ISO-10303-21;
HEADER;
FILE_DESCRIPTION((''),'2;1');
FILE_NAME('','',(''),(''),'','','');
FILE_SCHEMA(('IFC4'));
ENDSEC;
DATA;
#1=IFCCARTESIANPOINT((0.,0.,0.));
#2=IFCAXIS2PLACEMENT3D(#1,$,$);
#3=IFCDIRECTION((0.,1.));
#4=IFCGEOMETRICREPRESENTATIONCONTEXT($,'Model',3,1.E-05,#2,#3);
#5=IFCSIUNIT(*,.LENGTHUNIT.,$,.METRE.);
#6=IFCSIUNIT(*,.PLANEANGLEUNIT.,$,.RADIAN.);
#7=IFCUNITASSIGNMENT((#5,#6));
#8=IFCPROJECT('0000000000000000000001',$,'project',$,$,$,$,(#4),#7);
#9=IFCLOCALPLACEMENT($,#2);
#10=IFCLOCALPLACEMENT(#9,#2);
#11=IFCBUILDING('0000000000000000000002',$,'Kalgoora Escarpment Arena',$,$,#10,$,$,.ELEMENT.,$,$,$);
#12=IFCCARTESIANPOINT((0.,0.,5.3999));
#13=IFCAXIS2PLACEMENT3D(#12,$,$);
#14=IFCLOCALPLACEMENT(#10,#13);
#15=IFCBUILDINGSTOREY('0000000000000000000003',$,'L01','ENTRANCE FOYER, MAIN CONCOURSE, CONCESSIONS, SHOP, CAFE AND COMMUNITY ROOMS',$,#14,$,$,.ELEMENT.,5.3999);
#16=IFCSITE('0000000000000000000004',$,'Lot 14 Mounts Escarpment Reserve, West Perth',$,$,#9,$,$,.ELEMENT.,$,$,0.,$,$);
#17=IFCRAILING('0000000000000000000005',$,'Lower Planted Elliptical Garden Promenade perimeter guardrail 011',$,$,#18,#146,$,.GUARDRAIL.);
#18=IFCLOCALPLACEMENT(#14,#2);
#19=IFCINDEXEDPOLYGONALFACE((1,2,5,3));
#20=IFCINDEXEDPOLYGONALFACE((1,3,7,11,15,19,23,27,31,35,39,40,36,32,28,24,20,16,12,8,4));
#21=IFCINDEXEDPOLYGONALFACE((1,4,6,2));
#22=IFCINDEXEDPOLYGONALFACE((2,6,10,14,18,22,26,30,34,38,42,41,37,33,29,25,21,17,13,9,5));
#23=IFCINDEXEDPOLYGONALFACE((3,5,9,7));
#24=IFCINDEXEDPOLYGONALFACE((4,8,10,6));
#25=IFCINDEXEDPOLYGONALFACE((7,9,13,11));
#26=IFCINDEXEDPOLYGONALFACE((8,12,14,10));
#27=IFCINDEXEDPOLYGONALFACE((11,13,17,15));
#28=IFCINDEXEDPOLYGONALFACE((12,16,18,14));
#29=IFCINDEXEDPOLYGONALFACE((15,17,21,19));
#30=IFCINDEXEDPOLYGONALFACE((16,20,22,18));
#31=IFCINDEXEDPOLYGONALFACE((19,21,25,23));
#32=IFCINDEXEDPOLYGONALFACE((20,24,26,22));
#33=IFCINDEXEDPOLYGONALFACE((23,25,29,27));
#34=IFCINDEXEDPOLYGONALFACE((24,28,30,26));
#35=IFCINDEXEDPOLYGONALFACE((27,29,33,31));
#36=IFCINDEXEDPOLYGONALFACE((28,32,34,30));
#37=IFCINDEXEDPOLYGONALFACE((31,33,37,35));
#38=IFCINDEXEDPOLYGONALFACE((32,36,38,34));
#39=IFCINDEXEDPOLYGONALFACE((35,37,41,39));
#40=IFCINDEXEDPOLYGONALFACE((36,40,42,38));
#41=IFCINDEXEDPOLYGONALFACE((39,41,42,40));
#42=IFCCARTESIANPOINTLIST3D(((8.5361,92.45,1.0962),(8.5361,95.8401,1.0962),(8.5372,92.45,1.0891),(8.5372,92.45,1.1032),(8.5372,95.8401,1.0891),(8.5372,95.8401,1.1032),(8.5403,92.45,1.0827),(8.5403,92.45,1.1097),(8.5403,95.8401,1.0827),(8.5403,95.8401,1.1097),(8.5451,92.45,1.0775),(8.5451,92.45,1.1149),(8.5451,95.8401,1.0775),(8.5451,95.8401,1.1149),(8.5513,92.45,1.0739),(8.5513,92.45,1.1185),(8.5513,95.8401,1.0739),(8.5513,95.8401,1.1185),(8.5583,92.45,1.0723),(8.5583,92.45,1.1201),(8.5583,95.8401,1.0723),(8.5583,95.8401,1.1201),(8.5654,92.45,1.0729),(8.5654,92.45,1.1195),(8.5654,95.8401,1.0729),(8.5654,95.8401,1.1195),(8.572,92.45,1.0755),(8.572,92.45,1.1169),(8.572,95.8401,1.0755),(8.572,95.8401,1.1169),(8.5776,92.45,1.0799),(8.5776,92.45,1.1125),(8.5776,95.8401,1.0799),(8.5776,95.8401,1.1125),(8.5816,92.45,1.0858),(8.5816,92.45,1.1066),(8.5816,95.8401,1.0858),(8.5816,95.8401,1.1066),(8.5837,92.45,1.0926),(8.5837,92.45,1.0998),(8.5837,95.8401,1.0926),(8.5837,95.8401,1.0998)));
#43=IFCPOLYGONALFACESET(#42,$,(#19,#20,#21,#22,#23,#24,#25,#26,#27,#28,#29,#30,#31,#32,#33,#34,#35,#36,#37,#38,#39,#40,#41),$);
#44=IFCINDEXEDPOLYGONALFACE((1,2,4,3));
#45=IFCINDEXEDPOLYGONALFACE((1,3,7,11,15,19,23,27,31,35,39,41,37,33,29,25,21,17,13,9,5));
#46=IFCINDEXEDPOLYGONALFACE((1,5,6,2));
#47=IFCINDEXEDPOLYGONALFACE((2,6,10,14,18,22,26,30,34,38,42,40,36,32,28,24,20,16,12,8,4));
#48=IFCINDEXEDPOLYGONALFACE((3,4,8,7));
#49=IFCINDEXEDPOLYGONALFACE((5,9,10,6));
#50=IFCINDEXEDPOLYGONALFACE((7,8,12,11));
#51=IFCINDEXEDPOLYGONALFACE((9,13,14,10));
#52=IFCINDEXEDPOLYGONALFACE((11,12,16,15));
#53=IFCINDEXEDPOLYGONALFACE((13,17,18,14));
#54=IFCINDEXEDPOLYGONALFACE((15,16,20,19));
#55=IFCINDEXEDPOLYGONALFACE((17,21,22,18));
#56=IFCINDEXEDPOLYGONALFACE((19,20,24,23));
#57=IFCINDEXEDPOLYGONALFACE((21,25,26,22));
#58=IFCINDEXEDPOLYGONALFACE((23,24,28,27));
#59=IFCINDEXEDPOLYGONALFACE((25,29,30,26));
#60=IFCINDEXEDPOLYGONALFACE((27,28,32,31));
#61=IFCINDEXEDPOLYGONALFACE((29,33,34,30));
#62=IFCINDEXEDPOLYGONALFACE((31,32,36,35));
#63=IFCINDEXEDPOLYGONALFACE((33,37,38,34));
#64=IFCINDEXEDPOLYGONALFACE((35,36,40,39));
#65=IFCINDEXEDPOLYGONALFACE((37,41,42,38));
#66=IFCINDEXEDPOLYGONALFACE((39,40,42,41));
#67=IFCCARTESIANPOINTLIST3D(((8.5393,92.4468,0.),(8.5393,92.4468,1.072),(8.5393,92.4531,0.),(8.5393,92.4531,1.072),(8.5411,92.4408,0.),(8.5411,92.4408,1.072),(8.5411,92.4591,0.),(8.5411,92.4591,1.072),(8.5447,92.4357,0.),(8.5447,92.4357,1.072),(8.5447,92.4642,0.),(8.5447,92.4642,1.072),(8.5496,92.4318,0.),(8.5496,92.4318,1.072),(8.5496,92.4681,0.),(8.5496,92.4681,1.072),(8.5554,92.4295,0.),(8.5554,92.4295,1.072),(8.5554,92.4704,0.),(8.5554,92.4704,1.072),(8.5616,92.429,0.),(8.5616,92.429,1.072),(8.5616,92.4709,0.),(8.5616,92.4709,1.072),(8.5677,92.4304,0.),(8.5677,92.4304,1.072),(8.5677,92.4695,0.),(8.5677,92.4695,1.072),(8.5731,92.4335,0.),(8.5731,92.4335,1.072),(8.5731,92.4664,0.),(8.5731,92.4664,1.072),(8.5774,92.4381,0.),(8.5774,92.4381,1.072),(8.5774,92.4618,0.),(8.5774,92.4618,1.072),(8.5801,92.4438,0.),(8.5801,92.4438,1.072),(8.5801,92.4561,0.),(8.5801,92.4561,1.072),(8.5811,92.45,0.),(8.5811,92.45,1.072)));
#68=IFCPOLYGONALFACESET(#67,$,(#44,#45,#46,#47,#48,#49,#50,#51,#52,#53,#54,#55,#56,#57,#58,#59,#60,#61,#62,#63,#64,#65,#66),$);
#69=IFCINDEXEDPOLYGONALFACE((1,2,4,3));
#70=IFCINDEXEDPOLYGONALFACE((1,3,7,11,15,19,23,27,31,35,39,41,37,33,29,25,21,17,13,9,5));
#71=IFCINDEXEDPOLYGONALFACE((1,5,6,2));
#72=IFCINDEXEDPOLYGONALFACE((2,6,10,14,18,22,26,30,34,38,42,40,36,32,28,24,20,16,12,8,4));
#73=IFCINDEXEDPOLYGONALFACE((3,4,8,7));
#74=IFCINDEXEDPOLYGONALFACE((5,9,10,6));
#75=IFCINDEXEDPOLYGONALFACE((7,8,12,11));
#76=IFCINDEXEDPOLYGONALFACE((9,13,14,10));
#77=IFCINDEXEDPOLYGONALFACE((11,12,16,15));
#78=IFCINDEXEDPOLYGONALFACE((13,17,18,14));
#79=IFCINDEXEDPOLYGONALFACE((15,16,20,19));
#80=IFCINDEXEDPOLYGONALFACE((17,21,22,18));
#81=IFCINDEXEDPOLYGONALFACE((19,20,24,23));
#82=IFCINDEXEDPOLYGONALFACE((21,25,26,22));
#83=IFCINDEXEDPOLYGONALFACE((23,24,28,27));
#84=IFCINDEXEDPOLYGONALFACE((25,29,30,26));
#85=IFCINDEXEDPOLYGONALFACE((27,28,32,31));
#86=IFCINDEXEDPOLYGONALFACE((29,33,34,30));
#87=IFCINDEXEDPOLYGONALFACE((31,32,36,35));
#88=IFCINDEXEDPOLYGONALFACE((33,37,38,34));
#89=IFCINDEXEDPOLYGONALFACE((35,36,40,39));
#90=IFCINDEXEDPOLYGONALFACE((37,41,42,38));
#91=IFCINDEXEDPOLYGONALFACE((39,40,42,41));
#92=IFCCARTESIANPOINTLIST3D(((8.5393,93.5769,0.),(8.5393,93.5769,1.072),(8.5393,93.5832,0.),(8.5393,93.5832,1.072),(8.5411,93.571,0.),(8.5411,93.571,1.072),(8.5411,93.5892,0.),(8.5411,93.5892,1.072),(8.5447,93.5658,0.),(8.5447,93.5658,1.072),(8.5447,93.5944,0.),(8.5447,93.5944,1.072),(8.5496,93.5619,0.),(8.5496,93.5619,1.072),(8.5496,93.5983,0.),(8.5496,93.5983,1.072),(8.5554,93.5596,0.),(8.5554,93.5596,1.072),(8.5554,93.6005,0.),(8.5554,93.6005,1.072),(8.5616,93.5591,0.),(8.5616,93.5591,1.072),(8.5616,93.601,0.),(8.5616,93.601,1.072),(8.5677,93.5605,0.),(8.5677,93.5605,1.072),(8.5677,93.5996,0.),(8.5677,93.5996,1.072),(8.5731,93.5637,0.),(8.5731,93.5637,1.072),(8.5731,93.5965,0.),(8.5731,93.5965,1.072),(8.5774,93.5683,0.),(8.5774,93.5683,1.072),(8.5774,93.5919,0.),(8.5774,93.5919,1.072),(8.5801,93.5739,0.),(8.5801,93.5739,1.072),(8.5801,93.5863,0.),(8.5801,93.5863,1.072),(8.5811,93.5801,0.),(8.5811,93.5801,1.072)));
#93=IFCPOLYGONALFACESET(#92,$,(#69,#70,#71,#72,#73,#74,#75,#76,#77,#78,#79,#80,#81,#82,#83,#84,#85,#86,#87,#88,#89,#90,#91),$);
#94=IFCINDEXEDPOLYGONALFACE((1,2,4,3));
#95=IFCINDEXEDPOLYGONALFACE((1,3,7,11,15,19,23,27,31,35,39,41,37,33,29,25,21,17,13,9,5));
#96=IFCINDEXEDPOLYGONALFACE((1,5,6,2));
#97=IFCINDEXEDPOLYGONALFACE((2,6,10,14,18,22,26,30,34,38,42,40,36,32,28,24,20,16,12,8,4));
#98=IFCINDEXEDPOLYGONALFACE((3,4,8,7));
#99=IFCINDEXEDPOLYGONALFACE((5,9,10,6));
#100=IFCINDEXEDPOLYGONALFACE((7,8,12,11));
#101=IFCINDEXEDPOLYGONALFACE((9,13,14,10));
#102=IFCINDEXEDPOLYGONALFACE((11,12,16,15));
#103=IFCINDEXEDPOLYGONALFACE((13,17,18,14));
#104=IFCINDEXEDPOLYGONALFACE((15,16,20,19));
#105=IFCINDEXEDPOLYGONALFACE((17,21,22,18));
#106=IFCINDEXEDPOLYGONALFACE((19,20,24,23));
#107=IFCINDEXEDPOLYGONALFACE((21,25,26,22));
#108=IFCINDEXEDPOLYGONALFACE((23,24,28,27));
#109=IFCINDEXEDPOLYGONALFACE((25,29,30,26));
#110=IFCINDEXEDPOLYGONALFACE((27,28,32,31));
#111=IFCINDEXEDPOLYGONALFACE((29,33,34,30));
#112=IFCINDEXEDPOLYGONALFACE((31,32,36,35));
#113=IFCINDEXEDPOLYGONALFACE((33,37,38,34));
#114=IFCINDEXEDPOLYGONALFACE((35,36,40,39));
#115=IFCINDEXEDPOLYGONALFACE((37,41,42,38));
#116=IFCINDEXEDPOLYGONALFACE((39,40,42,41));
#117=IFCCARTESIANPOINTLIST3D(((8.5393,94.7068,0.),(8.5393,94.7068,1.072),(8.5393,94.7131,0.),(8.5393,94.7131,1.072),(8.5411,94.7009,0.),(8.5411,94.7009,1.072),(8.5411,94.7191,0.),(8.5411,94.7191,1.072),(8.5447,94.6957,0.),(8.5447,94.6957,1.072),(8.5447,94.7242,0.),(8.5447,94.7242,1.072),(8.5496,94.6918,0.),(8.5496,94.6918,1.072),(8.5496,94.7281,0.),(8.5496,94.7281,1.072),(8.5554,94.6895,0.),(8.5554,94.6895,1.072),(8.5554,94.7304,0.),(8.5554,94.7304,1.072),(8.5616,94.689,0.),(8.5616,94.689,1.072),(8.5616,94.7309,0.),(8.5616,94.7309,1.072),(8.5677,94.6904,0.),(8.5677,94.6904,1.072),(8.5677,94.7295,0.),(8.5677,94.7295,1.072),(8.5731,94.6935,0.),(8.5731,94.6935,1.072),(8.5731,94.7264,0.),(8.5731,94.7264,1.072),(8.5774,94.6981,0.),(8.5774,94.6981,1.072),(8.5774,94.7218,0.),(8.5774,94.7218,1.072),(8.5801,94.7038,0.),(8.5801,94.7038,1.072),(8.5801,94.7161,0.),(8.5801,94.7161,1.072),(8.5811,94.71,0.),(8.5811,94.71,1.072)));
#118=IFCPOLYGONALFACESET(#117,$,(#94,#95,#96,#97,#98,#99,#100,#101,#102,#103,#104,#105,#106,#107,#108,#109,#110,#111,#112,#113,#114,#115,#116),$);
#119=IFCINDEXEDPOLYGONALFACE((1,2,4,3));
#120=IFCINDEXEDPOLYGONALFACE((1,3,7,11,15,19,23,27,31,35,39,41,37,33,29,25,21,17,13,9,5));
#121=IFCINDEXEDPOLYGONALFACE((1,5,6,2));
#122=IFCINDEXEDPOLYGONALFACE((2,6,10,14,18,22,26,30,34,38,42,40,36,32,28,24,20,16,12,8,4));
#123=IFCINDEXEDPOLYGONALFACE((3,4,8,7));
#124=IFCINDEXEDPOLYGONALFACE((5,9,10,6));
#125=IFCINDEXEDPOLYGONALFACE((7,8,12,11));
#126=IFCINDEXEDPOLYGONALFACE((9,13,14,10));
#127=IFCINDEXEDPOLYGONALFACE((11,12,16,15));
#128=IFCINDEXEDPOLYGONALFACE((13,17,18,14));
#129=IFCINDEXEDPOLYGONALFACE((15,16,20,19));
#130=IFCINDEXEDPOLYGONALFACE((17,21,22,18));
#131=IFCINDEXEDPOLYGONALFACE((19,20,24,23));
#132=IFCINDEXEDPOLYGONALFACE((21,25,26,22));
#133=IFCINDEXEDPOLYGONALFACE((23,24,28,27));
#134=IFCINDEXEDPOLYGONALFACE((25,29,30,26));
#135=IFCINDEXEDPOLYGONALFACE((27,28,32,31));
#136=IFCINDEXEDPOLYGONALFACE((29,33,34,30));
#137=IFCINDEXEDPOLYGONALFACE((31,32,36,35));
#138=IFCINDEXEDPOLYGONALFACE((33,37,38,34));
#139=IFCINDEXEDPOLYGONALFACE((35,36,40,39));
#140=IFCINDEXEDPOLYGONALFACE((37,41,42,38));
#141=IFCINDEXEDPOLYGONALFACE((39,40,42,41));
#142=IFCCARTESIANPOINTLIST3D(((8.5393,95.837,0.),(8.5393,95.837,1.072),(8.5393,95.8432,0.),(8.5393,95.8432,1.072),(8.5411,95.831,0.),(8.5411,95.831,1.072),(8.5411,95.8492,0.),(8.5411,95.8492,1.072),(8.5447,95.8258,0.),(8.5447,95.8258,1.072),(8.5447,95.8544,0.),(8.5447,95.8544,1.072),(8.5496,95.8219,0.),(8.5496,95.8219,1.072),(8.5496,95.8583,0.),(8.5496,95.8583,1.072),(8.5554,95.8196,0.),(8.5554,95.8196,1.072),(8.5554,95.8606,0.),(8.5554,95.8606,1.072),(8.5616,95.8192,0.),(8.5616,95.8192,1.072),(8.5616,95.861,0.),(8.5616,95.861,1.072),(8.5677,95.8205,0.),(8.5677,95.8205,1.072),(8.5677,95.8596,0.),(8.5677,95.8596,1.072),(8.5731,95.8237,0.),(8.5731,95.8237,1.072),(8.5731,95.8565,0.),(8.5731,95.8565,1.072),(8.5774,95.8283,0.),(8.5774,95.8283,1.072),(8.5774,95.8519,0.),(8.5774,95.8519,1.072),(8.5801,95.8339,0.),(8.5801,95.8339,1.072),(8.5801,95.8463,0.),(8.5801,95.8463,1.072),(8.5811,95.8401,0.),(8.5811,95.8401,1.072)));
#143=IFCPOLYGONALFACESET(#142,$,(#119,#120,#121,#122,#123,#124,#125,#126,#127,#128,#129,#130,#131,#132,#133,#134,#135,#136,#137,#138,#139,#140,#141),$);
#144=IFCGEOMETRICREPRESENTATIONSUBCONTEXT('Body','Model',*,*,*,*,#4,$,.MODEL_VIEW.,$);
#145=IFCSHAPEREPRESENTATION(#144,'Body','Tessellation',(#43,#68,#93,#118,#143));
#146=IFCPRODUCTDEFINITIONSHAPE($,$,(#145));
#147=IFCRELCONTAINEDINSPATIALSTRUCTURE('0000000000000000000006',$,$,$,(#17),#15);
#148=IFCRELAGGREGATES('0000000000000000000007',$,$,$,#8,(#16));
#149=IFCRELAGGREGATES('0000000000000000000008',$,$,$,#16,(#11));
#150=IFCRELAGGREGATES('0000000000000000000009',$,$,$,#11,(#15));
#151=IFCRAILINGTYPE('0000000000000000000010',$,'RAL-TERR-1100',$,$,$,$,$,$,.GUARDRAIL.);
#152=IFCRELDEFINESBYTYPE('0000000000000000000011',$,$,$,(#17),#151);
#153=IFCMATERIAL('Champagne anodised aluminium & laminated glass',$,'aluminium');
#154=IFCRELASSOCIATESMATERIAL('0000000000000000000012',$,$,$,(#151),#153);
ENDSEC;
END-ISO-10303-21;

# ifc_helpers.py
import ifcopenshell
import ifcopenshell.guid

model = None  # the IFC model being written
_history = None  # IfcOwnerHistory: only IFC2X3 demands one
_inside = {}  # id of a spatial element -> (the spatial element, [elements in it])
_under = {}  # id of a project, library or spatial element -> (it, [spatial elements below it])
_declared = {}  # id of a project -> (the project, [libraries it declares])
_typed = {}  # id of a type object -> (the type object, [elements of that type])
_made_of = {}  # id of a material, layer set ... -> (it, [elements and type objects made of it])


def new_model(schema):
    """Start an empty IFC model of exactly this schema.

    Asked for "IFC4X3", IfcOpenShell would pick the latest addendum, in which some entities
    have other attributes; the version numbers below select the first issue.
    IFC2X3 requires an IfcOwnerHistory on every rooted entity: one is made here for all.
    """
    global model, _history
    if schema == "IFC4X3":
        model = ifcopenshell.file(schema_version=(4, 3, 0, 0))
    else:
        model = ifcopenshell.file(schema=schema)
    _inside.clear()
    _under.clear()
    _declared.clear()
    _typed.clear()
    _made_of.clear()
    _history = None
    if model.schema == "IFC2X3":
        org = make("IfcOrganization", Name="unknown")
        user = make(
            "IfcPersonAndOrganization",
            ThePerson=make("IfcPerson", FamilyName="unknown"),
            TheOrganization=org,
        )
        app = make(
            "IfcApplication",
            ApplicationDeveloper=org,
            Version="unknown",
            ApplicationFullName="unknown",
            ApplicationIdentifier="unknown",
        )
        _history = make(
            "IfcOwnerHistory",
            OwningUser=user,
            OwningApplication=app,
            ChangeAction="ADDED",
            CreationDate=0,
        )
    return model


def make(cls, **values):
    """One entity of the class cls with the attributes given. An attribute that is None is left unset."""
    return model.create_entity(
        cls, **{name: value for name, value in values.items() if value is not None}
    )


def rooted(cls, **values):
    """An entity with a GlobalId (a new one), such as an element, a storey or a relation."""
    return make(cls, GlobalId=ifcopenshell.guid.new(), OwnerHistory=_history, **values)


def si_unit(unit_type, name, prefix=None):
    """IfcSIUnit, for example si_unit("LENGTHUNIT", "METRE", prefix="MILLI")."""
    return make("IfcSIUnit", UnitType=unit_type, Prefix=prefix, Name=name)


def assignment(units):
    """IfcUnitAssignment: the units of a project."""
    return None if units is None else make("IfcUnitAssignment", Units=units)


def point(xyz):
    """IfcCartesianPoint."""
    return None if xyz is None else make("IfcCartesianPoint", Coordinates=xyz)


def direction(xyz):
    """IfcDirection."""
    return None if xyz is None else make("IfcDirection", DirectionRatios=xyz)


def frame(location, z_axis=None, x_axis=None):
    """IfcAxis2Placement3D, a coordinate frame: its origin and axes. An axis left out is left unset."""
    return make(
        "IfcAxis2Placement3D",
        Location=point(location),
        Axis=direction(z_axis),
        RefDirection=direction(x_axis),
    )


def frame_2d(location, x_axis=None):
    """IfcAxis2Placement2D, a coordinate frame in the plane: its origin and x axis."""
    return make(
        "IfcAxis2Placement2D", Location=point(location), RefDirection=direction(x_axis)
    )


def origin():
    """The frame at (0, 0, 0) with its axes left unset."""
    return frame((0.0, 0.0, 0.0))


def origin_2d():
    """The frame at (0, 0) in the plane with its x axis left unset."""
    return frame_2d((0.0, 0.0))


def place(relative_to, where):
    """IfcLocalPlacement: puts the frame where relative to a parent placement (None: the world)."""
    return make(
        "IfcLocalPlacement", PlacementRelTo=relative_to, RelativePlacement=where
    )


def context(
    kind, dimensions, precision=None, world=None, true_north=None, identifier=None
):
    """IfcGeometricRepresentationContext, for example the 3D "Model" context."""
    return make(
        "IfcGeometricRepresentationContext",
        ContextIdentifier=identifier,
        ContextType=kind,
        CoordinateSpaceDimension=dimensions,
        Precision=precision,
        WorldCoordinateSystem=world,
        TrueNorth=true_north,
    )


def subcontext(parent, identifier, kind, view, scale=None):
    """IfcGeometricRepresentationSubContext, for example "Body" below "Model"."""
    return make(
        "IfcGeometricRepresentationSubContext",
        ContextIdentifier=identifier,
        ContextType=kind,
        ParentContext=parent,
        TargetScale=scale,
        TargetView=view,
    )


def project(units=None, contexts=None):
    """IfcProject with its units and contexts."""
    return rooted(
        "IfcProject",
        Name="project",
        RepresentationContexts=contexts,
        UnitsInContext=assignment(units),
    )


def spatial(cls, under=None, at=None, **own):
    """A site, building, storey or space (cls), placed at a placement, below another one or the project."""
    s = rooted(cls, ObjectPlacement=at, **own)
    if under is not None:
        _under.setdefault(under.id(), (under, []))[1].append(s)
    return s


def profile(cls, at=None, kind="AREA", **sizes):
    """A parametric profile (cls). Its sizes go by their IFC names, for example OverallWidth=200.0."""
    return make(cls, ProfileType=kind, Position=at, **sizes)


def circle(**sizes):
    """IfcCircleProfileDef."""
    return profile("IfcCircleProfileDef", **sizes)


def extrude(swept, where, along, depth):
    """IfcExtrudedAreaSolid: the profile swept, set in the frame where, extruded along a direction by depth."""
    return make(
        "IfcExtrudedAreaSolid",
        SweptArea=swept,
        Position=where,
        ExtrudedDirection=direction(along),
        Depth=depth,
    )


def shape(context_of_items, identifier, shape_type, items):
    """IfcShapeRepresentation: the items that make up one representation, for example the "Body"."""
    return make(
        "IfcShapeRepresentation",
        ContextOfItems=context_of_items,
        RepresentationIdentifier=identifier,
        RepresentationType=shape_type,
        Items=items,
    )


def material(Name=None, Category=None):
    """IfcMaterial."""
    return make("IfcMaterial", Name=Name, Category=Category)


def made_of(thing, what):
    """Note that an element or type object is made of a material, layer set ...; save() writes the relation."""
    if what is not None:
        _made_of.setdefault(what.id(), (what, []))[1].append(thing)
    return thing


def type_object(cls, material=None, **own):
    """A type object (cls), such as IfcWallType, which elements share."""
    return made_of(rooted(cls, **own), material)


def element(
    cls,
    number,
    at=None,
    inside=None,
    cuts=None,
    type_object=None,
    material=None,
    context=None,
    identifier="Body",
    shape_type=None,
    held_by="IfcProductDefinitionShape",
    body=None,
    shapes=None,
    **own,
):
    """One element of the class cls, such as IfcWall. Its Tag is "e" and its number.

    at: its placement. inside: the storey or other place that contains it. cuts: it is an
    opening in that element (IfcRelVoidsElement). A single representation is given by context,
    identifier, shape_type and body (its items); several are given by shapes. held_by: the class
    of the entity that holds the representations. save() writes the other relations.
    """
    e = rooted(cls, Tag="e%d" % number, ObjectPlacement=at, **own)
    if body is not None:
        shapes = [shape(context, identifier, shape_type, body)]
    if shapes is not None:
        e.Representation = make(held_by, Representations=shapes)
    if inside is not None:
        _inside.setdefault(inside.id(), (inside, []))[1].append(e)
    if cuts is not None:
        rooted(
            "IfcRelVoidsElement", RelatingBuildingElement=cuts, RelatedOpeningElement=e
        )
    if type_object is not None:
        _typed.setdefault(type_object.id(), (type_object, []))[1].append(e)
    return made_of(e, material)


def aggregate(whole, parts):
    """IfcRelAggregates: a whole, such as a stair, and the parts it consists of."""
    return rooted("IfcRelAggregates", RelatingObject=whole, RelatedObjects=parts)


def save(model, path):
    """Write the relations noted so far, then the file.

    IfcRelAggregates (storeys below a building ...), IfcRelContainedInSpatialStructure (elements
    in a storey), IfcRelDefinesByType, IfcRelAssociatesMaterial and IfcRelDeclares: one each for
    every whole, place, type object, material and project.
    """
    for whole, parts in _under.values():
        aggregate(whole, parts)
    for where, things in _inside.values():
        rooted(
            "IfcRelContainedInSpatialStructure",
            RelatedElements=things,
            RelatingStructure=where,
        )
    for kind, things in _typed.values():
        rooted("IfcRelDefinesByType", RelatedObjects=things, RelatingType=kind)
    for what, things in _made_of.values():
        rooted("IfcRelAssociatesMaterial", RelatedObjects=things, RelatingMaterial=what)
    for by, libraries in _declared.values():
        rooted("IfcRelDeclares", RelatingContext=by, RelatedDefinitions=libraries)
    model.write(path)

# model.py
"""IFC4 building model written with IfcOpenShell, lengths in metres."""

from ifc_helpers import new_model, si_unit, direction, frame, origin, origin_2d, place, context, subcontext, project, spatial, circle, extrude, material, type_object, element, save


model = new_model("IFC4")

# Units and contexts
model_context = context("Model", 3, precision=1e-05, world=origin(), true_north=direction((0.0, 1.0)))
body_context = subcontext(model_context, "Body", "Model", "MODEL_VIEW")
ifc_project = project(units=[si_unit("LENGTHUNIT", "METRE"), si_unit("PLANEANGLEUNIT", "RADIAN")], contexts=[model_context])

# Site, building, storey
site_placement = place(None, origin())
site = spatial("IfcSite", under=ifc_project, at=site_placement, Name="Lot 14 Mounts Escarpment Reserve, West Perth", CompositionType="ELEMENT", RefElevation=0.0)
building_placement = place(site_placement, origin())
building = spatial("IfcBuilding", under=site, at=building_placement, Name="Kalgoora Escarpment Arena", CompositionType="ELEMENT")
storey_placement = place(building_placement, frame((0.0, 0.0, 5.3999)))
storey = spatial("IfcBuildingStorey", under=building, at=storey_placement, Name="L01", Description="ENTRANCE FOYER, MAIN CONCOURSE, CONCESSIONS, SHOP, CAFE AND COMMUNITY ROOMS", CompositionType="ELEMENT", Elevation=5.3999)

# Railing
ifc_material_1 = material(Name="Champagne anodised aluminium & laminated glass", Category="aluminium")
railing_type = type_object("IfcRailingType", Name="RAL-TERR-1100", PredefinedType="GUARDRAIL", material=ifc_material_1)
railing_1_placement = place(storey_placement, frame((8.5601, 92.45, 0.0)))
element("IfcRailing", 1, at=railing_1_placement, inside=storey, type_object=railing_type, Name="Lower Planted Elliptical Garden Promenade perimeter guardrail 011", PredefinedType="GUARDRAIL", context=body_context, shape_type="SweptSolid", body=[
    extrude(circle(Radius=0.0239, at=origin_2d()), frame((0.0, 0.0, 1.0962), z_axis=(0.0, 1.0, 0.0), x_axis=(-1.0, 0.0, 0.0)), (0.0, 0.0, 1.0), 3.3901),
    extrude(circle(Radius=0.021, at=origin_2d()), origin(), (0.0, 0.0, 1.0), 1.072),
    extrude(circle(Radius=0.021, at=origin_2d()), frame((0.0, 1.1301, 0.0)), (0.0, 0.0, 1.0), 1.072),
    extrude(circle(Radius=0.021, at=origin_2d()), frame((0.0, 2.26, 0.0)), (0.0, 0.0, 1.0), 1.072),
    extrude(circle(Radius=0.021, at=origin_2d()), frame((0.0, 3.3901, 0.0)), (0.0, 0.0, 1.0), 1.072),
])

save(model, "model.ifc")
